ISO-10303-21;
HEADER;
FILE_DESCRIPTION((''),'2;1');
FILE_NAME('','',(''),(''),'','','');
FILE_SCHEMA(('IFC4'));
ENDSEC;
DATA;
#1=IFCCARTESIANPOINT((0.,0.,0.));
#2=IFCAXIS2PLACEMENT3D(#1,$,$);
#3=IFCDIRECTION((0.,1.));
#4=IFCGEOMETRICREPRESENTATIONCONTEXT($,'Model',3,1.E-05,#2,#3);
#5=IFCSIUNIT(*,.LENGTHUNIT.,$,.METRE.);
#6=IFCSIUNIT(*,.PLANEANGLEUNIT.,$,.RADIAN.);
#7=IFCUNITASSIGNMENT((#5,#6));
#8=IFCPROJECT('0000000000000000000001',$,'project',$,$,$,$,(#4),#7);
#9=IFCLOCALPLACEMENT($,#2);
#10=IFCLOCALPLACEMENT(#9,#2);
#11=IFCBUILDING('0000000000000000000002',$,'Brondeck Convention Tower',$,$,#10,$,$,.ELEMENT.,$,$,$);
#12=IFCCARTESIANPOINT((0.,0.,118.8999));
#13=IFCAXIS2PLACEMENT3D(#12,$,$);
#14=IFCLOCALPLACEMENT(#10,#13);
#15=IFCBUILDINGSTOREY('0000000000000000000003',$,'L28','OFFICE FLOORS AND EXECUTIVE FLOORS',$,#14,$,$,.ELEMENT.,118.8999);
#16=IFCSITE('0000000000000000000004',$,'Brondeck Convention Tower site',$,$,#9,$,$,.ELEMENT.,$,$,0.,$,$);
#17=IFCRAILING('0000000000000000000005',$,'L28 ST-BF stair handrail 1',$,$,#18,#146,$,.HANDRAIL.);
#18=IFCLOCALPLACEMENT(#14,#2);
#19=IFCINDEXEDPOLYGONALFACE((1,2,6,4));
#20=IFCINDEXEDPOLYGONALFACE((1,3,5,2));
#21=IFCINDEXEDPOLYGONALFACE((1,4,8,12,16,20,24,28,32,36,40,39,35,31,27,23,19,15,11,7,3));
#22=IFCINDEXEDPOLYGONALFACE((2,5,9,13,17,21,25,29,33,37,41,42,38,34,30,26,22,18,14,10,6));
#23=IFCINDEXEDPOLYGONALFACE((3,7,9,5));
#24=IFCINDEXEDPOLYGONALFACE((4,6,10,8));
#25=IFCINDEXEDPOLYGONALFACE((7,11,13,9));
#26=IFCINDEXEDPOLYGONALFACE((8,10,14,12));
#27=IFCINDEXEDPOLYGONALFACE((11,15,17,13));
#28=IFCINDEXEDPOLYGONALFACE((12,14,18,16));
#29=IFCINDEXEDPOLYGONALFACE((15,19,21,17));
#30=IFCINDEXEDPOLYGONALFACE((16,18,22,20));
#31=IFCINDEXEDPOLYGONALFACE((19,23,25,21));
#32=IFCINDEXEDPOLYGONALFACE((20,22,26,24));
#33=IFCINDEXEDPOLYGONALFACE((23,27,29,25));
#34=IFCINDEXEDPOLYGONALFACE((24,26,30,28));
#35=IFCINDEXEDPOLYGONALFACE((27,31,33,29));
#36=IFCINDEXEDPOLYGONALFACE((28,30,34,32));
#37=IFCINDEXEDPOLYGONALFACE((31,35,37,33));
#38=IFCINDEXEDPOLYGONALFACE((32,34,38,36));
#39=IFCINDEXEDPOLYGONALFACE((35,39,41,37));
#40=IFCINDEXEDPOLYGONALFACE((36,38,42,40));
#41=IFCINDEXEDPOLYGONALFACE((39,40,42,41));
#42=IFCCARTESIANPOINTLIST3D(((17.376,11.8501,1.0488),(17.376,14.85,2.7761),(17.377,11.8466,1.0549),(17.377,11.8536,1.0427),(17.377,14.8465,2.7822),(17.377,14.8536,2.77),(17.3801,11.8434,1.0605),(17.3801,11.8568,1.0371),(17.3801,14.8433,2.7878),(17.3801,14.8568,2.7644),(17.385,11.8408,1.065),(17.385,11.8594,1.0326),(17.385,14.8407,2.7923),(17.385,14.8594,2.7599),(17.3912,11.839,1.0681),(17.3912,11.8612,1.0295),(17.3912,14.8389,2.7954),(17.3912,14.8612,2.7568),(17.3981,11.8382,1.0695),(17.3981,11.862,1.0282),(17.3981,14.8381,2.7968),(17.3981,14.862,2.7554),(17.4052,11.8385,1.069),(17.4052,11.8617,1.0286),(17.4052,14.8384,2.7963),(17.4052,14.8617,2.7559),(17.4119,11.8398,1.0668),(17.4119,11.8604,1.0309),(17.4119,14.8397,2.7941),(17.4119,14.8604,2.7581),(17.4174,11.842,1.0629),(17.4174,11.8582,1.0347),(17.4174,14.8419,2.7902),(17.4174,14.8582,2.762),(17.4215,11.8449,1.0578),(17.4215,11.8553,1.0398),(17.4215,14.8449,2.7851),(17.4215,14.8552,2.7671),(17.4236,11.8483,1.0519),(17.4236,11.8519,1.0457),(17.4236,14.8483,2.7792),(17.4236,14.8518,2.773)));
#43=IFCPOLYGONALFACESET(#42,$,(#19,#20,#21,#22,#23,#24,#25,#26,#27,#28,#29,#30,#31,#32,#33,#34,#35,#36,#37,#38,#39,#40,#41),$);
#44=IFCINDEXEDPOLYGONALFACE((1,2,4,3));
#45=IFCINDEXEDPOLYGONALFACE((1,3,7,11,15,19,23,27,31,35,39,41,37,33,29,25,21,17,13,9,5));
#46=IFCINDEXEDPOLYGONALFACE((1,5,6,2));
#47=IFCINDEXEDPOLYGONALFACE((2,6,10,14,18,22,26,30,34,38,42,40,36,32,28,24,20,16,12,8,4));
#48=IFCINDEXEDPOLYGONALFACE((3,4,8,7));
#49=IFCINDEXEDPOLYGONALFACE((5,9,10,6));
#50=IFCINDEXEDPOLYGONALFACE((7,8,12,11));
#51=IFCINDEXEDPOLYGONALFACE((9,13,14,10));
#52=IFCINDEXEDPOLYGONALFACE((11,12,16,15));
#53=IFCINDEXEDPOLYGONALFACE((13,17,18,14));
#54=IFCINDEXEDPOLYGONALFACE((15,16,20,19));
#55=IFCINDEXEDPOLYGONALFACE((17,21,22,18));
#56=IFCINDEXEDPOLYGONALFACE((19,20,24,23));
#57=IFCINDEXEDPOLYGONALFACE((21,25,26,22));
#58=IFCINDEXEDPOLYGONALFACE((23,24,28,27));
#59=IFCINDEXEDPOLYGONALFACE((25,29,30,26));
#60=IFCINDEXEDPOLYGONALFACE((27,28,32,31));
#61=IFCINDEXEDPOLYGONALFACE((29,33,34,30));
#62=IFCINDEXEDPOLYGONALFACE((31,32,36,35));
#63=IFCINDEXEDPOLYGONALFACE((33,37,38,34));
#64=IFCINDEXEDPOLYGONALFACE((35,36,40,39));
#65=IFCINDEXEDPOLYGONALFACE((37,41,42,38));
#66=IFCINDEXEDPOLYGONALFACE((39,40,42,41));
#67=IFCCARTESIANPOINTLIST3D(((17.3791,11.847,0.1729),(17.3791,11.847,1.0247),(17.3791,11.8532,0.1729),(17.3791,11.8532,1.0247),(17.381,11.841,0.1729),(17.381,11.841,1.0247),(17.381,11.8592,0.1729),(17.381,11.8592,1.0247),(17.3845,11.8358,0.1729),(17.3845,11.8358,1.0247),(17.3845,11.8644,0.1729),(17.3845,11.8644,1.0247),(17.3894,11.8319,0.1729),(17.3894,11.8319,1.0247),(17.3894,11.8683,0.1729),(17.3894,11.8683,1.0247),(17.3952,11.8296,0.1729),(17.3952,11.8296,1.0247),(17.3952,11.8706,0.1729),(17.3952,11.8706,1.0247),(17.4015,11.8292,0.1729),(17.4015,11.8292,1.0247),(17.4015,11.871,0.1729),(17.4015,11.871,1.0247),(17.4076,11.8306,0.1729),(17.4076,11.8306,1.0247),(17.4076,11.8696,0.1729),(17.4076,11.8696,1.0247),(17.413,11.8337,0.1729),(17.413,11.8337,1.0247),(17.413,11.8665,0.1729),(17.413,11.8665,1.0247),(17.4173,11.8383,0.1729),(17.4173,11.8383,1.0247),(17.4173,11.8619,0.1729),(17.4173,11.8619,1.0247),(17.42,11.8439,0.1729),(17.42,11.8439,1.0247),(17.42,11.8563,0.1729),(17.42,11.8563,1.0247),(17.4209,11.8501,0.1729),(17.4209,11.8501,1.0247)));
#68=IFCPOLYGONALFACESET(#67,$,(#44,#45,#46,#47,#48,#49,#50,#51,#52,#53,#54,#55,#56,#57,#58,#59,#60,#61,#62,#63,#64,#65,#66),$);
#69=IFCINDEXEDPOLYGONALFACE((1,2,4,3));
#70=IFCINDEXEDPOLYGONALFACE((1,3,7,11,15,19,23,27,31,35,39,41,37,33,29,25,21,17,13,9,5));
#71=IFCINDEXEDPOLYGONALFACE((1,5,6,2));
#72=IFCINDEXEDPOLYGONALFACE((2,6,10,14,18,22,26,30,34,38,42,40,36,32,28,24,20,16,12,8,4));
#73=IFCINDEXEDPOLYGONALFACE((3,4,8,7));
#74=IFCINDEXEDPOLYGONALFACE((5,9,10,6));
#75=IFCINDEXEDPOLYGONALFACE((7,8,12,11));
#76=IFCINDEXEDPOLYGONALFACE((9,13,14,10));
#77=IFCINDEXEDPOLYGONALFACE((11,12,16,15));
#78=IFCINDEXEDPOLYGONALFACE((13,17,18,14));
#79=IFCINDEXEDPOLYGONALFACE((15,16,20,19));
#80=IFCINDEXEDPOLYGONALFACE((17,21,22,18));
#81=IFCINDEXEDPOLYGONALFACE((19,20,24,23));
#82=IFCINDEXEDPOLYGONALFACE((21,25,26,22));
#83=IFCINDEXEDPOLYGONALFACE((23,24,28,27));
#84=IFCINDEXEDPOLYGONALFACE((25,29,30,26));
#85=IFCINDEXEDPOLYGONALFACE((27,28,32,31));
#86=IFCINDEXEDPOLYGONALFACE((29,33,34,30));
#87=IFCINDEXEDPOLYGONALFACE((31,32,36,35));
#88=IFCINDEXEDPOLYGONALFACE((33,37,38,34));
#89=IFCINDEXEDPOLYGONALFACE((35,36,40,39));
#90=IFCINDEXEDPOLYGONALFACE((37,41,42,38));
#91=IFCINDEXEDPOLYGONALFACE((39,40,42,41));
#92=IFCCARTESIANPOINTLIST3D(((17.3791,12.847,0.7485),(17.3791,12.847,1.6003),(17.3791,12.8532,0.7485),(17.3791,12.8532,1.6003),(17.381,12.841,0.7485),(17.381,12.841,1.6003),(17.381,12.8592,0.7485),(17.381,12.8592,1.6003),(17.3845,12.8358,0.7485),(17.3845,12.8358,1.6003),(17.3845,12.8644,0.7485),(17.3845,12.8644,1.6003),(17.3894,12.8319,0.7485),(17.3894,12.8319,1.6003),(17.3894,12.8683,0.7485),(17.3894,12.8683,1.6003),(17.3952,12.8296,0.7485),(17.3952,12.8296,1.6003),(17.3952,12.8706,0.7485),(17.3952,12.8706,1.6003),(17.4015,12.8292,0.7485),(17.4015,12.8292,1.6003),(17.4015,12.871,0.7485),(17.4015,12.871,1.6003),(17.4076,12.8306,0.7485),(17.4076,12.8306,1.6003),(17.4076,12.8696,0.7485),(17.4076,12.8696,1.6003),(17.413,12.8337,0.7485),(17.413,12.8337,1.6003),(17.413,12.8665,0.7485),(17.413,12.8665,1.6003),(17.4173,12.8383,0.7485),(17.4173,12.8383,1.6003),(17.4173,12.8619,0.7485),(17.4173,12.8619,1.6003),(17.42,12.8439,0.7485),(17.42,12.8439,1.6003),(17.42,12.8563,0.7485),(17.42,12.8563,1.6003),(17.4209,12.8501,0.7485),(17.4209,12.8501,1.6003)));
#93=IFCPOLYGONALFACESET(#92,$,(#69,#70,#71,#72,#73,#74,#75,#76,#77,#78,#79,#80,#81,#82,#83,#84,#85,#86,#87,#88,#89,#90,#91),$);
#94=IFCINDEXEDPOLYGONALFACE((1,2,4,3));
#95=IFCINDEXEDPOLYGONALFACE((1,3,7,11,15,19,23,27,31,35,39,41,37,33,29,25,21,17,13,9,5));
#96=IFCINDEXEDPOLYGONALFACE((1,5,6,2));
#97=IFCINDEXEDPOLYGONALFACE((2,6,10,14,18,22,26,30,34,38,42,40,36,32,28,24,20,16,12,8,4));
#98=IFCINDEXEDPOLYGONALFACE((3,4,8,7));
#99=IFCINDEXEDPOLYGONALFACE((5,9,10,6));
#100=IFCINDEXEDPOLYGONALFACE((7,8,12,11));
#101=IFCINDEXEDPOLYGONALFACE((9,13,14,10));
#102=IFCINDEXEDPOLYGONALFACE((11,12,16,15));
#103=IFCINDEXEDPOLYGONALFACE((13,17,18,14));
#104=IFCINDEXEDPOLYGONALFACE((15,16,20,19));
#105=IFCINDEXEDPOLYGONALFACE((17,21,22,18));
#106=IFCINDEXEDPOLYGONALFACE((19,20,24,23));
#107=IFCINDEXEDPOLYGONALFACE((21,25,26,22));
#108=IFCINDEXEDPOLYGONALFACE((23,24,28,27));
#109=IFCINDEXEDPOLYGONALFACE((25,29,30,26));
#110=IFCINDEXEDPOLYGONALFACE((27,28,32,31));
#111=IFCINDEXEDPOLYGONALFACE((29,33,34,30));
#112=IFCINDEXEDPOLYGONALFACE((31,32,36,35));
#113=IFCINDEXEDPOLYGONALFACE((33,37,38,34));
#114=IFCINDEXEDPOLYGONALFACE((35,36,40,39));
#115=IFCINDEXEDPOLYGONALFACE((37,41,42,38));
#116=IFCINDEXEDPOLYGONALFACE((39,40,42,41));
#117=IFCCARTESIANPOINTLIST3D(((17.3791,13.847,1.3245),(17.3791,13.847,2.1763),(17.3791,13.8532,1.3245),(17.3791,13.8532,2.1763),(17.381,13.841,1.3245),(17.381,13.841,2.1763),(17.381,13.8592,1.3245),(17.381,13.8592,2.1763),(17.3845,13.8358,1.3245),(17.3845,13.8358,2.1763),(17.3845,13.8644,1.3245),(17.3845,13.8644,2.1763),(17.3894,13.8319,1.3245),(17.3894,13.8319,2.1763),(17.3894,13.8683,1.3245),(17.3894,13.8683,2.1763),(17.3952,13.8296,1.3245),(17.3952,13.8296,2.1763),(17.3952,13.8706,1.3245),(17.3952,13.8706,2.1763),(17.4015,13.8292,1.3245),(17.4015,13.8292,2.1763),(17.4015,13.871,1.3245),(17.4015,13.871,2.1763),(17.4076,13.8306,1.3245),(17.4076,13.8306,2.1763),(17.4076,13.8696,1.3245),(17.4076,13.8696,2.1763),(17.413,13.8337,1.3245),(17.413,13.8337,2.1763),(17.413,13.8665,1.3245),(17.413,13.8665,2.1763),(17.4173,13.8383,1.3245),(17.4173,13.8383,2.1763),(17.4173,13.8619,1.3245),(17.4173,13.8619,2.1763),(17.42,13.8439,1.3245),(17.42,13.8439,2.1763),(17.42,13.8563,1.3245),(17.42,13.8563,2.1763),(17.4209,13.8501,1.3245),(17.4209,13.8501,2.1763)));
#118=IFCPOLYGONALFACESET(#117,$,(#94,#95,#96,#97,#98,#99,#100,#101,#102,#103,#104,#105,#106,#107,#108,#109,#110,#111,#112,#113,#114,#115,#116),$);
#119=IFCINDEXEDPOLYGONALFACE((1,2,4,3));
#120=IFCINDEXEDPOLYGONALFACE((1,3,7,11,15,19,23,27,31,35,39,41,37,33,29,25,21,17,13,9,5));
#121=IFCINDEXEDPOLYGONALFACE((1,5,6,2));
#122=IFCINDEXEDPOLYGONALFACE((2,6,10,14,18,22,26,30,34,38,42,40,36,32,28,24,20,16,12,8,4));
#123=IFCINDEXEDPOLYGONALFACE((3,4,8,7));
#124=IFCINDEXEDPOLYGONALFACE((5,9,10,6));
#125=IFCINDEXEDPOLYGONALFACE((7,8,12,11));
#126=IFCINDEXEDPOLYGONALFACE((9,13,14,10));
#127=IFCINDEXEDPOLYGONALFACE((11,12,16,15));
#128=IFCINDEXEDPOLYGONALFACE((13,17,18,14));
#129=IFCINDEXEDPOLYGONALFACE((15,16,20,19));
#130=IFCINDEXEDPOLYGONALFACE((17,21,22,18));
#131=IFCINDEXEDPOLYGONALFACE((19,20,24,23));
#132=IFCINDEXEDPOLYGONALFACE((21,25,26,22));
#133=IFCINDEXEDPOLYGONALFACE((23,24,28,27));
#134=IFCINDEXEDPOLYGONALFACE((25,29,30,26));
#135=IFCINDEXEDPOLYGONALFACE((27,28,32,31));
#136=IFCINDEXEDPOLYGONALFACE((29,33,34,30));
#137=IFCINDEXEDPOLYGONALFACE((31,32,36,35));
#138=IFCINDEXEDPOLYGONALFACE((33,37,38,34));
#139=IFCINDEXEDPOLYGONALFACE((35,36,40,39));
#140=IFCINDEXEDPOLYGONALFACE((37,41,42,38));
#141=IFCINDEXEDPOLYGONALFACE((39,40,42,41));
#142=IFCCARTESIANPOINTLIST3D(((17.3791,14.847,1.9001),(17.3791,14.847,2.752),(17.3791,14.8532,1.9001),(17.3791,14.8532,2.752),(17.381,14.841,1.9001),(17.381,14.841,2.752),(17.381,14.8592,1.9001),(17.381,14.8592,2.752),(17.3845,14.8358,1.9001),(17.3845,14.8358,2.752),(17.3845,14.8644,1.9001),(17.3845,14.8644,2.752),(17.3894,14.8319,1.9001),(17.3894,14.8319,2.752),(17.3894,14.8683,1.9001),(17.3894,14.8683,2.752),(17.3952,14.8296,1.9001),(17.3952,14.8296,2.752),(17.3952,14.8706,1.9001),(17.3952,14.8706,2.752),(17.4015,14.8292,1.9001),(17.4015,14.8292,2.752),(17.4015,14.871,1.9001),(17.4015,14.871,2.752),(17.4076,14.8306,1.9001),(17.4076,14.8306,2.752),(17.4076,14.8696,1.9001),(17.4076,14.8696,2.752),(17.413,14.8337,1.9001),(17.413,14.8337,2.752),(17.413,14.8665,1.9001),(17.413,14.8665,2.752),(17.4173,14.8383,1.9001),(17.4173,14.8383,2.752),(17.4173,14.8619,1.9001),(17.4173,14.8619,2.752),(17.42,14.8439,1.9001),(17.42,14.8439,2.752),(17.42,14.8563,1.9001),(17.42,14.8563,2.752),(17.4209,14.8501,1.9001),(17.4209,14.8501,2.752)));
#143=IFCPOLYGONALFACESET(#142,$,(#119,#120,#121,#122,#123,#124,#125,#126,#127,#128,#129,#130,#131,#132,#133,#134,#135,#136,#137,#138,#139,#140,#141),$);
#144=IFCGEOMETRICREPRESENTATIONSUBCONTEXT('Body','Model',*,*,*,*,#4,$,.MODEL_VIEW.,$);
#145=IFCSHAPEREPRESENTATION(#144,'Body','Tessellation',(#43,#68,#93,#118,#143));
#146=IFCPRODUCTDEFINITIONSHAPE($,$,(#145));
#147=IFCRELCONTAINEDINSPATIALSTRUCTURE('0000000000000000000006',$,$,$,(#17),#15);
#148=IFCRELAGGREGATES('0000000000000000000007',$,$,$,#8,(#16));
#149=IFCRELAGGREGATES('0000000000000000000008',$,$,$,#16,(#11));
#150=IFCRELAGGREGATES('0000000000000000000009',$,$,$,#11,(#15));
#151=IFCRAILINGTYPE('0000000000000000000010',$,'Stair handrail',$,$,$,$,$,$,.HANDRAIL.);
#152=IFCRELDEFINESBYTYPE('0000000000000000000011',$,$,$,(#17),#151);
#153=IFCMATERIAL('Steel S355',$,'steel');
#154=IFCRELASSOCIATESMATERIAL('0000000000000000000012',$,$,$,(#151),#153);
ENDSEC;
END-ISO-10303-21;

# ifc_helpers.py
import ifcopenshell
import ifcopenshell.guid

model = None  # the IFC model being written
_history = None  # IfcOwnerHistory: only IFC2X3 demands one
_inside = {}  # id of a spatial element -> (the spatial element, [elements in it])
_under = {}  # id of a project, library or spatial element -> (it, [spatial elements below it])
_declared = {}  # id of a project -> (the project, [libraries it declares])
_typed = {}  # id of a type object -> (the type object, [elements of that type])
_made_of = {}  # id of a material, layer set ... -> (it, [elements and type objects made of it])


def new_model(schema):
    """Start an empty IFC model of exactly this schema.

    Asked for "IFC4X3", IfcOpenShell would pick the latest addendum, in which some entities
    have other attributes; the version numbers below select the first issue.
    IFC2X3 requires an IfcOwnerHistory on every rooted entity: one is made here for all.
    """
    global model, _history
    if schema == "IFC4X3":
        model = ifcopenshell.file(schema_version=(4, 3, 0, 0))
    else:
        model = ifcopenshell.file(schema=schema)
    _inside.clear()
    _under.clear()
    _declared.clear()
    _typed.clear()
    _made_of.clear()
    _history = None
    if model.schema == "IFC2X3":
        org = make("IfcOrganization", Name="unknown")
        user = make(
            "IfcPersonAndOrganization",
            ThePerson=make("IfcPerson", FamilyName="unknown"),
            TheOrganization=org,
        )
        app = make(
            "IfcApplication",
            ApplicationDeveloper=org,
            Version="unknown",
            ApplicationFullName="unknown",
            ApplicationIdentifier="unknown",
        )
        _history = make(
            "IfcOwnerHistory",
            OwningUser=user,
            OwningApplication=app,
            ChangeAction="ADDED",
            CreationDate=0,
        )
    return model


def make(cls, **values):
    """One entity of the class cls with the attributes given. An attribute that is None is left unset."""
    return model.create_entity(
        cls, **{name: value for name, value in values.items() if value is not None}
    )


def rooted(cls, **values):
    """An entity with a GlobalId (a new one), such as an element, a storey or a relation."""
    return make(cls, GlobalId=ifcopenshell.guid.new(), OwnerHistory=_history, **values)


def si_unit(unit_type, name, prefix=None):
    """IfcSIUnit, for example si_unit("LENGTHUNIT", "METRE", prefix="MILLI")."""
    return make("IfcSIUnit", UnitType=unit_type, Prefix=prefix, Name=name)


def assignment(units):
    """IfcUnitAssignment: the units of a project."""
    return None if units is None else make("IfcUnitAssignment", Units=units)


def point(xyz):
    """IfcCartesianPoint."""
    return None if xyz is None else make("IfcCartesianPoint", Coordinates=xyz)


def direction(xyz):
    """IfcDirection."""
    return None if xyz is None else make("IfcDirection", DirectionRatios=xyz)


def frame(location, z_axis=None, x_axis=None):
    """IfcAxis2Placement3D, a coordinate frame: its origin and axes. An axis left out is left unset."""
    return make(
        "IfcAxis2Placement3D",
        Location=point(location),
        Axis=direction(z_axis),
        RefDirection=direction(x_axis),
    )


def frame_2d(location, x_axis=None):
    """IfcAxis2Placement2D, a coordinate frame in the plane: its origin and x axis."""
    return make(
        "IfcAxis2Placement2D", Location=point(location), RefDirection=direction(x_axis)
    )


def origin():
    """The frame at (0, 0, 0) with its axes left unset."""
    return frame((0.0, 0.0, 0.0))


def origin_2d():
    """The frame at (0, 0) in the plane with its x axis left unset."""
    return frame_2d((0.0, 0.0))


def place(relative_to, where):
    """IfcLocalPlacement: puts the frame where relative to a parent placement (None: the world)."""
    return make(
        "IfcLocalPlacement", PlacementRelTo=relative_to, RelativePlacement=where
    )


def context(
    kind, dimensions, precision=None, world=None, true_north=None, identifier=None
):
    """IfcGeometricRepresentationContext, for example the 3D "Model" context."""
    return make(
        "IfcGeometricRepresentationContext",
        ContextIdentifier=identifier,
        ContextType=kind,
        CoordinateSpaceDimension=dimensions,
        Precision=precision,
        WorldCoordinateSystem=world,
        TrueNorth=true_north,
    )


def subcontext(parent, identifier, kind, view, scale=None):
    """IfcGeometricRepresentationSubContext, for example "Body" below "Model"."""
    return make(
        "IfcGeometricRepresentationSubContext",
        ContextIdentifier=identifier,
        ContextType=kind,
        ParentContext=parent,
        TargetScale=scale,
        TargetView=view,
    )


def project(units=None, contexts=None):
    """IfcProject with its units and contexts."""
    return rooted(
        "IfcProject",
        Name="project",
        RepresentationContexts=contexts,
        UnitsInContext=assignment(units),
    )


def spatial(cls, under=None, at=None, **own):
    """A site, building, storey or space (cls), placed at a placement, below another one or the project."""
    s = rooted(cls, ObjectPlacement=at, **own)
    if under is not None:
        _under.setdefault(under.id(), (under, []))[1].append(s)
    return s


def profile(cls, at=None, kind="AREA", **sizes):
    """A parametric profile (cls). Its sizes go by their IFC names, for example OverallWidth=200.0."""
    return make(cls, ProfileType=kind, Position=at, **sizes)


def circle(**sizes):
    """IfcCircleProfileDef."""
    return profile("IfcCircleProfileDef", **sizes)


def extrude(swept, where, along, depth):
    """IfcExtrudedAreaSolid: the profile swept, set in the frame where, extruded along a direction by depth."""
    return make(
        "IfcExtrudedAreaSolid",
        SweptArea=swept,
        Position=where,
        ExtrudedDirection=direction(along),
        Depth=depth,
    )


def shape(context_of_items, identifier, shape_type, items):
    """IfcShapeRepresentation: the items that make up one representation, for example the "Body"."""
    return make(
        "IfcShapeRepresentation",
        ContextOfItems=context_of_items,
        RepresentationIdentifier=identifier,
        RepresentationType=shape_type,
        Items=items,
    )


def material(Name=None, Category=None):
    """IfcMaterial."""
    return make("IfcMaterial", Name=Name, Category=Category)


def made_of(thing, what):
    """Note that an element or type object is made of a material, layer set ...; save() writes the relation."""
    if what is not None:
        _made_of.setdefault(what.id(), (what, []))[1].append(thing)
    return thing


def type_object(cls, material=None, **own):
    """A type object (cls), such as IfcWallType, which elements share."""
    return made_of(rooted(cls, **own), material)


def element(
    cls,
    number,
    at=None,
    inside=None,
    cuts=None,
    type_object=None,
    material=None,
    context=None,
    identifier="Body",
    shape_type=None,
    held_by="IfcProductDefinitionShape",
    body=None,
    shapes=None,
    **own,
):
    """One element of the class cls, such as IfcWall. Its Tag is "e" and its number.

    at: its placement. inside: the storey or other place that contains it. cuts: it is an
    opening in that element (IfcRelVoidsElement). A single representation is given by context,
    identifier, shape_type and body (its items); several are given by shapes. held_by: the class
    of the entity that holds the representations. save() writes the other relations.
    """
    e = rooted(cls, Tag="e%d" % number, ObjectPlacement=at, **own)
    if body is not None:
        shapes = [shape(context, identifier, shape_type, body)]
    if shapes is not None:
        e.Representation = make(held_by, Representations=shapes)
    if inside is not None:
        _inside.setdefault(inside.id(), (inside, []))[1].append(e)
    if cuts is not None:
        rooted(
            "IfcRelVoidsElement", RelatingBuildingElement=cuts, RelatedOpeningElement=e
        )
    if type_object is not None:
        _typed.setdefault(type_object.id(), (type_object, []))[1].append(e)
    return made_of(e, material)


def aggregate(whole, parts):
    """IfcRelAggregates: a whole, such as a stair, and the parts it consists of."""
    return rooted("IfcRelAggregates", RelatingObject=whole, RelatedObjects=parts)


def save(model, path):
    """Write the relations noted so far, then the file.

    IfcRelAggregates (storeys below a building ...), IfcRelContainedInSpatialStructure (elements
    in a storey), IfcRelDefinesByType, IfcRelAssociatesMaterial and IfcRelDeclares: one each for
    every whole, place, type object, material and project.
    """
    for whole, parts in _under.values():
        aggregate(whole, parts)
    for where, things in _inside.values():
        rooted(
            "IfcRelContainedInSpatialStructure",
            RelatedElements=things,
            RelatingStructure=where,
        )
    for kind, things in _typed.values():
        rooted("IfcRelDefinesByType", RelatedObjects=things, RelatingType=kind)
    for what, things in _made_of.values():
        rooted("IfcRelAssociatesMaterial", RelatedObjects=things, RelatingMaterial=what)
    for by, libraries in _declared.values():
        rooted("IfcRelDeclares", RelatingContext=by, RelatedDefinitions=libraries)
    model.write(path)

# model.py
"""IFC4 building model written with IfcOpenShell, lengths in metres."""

from ifc_helpers import new_model, si_unit, direction, frame, origin, origin_2d, place, context, subcontext, project, spatial, circle, extrude, material, type_object, element, save


model = new_model("IFC4")

# Units and contexts
model_context = context("Model", 3, precision=1e-05, world=origin(), true_north=direction((0.0, 1.0)))
body_context = subcontext(model_context, "Body", "Model", "MODEL_VIEW")
ifc_project = project(units=[si_unit("LENGTHUNIT", "METRE"), si_unit("PLANEANGLEUNIT", "RADIAN")], contexts=[model_context])

# Site, building, storey
site_placement = place(None, origin())
site = spatial("IfcSite", under=ifc_project, at=site_placement, Name="Brondeck Convention Tower site", CompositionType="ELEMENT", RefElevation=0.0)
building_placement = place(site_placement, origin())
building = spatial("IfcBuilding", under=site, at=building_placement, Name="Brondeck Convention Tower", CompositionType="ELEMENT")
storey_placement = place(building_placement, frame((0.0, 0.0, 118.8999)))
storey = spatial("IfcBuildingStorey", under=building, at=storey_placement, Name="L28", Description="OFFICE FLOORS AND EXECUTIVE FLOORS", CompositionType="ELEMENT", Elevation=118.8999)

# Shared definitions
ifc_material_1 = material(Name="Steel S355", Category="steel")

# Railing
railing_type_1 = type_object("IfcRailingType", Name="Stair handrail", PredefinedType="HANDRAIL", material=ifc_material_1)
railing_1_placement = place(storey_placement, frame((17.3999, 11.8501, 0.1729)))
element("IfcRailing", 1, at=railing_1_placement, inside=storey, type_object=railing_type_1, Name="L28 ST-BF stair handrail 1", PredefinedType="HANDRAIL", context=body_context, shape_type="SweptSolid", body=[
    extrude(circle(Radius=0.0239, at=origin_2d()), frame((0.0, 0.0, 0.876), z_axis=(0.0, 0.86662, 0.498969), x_axis=(-1.0, 0.0, 0.0)), (0.0, 0.0, 1.0), 3.4617),
    extrude(circle(Radius=0.021, at=origin_2d()), origin(), (0.0, 0.0, 1.0), 0.8518),
    extrude(circle(Radius=0.021, at=origin_2d()), frame((0.0, 1.0, 0.5757)), (0.0, 0.0, 1.0), 0.8518),
    extrude(circle(Radius=0.021, at=origin_2d()), frame((0.0, 2.0, 1.1516)), (0.0, 0.0, 1.0), 0.8518),
    extrude(circle(Radius=0.021, at=origin_2d()), frame((0.0, 3.0, 1.7273)), (0.0, 0.0, 1.0), 0.8518),
])

save(model, "model.ifc")
